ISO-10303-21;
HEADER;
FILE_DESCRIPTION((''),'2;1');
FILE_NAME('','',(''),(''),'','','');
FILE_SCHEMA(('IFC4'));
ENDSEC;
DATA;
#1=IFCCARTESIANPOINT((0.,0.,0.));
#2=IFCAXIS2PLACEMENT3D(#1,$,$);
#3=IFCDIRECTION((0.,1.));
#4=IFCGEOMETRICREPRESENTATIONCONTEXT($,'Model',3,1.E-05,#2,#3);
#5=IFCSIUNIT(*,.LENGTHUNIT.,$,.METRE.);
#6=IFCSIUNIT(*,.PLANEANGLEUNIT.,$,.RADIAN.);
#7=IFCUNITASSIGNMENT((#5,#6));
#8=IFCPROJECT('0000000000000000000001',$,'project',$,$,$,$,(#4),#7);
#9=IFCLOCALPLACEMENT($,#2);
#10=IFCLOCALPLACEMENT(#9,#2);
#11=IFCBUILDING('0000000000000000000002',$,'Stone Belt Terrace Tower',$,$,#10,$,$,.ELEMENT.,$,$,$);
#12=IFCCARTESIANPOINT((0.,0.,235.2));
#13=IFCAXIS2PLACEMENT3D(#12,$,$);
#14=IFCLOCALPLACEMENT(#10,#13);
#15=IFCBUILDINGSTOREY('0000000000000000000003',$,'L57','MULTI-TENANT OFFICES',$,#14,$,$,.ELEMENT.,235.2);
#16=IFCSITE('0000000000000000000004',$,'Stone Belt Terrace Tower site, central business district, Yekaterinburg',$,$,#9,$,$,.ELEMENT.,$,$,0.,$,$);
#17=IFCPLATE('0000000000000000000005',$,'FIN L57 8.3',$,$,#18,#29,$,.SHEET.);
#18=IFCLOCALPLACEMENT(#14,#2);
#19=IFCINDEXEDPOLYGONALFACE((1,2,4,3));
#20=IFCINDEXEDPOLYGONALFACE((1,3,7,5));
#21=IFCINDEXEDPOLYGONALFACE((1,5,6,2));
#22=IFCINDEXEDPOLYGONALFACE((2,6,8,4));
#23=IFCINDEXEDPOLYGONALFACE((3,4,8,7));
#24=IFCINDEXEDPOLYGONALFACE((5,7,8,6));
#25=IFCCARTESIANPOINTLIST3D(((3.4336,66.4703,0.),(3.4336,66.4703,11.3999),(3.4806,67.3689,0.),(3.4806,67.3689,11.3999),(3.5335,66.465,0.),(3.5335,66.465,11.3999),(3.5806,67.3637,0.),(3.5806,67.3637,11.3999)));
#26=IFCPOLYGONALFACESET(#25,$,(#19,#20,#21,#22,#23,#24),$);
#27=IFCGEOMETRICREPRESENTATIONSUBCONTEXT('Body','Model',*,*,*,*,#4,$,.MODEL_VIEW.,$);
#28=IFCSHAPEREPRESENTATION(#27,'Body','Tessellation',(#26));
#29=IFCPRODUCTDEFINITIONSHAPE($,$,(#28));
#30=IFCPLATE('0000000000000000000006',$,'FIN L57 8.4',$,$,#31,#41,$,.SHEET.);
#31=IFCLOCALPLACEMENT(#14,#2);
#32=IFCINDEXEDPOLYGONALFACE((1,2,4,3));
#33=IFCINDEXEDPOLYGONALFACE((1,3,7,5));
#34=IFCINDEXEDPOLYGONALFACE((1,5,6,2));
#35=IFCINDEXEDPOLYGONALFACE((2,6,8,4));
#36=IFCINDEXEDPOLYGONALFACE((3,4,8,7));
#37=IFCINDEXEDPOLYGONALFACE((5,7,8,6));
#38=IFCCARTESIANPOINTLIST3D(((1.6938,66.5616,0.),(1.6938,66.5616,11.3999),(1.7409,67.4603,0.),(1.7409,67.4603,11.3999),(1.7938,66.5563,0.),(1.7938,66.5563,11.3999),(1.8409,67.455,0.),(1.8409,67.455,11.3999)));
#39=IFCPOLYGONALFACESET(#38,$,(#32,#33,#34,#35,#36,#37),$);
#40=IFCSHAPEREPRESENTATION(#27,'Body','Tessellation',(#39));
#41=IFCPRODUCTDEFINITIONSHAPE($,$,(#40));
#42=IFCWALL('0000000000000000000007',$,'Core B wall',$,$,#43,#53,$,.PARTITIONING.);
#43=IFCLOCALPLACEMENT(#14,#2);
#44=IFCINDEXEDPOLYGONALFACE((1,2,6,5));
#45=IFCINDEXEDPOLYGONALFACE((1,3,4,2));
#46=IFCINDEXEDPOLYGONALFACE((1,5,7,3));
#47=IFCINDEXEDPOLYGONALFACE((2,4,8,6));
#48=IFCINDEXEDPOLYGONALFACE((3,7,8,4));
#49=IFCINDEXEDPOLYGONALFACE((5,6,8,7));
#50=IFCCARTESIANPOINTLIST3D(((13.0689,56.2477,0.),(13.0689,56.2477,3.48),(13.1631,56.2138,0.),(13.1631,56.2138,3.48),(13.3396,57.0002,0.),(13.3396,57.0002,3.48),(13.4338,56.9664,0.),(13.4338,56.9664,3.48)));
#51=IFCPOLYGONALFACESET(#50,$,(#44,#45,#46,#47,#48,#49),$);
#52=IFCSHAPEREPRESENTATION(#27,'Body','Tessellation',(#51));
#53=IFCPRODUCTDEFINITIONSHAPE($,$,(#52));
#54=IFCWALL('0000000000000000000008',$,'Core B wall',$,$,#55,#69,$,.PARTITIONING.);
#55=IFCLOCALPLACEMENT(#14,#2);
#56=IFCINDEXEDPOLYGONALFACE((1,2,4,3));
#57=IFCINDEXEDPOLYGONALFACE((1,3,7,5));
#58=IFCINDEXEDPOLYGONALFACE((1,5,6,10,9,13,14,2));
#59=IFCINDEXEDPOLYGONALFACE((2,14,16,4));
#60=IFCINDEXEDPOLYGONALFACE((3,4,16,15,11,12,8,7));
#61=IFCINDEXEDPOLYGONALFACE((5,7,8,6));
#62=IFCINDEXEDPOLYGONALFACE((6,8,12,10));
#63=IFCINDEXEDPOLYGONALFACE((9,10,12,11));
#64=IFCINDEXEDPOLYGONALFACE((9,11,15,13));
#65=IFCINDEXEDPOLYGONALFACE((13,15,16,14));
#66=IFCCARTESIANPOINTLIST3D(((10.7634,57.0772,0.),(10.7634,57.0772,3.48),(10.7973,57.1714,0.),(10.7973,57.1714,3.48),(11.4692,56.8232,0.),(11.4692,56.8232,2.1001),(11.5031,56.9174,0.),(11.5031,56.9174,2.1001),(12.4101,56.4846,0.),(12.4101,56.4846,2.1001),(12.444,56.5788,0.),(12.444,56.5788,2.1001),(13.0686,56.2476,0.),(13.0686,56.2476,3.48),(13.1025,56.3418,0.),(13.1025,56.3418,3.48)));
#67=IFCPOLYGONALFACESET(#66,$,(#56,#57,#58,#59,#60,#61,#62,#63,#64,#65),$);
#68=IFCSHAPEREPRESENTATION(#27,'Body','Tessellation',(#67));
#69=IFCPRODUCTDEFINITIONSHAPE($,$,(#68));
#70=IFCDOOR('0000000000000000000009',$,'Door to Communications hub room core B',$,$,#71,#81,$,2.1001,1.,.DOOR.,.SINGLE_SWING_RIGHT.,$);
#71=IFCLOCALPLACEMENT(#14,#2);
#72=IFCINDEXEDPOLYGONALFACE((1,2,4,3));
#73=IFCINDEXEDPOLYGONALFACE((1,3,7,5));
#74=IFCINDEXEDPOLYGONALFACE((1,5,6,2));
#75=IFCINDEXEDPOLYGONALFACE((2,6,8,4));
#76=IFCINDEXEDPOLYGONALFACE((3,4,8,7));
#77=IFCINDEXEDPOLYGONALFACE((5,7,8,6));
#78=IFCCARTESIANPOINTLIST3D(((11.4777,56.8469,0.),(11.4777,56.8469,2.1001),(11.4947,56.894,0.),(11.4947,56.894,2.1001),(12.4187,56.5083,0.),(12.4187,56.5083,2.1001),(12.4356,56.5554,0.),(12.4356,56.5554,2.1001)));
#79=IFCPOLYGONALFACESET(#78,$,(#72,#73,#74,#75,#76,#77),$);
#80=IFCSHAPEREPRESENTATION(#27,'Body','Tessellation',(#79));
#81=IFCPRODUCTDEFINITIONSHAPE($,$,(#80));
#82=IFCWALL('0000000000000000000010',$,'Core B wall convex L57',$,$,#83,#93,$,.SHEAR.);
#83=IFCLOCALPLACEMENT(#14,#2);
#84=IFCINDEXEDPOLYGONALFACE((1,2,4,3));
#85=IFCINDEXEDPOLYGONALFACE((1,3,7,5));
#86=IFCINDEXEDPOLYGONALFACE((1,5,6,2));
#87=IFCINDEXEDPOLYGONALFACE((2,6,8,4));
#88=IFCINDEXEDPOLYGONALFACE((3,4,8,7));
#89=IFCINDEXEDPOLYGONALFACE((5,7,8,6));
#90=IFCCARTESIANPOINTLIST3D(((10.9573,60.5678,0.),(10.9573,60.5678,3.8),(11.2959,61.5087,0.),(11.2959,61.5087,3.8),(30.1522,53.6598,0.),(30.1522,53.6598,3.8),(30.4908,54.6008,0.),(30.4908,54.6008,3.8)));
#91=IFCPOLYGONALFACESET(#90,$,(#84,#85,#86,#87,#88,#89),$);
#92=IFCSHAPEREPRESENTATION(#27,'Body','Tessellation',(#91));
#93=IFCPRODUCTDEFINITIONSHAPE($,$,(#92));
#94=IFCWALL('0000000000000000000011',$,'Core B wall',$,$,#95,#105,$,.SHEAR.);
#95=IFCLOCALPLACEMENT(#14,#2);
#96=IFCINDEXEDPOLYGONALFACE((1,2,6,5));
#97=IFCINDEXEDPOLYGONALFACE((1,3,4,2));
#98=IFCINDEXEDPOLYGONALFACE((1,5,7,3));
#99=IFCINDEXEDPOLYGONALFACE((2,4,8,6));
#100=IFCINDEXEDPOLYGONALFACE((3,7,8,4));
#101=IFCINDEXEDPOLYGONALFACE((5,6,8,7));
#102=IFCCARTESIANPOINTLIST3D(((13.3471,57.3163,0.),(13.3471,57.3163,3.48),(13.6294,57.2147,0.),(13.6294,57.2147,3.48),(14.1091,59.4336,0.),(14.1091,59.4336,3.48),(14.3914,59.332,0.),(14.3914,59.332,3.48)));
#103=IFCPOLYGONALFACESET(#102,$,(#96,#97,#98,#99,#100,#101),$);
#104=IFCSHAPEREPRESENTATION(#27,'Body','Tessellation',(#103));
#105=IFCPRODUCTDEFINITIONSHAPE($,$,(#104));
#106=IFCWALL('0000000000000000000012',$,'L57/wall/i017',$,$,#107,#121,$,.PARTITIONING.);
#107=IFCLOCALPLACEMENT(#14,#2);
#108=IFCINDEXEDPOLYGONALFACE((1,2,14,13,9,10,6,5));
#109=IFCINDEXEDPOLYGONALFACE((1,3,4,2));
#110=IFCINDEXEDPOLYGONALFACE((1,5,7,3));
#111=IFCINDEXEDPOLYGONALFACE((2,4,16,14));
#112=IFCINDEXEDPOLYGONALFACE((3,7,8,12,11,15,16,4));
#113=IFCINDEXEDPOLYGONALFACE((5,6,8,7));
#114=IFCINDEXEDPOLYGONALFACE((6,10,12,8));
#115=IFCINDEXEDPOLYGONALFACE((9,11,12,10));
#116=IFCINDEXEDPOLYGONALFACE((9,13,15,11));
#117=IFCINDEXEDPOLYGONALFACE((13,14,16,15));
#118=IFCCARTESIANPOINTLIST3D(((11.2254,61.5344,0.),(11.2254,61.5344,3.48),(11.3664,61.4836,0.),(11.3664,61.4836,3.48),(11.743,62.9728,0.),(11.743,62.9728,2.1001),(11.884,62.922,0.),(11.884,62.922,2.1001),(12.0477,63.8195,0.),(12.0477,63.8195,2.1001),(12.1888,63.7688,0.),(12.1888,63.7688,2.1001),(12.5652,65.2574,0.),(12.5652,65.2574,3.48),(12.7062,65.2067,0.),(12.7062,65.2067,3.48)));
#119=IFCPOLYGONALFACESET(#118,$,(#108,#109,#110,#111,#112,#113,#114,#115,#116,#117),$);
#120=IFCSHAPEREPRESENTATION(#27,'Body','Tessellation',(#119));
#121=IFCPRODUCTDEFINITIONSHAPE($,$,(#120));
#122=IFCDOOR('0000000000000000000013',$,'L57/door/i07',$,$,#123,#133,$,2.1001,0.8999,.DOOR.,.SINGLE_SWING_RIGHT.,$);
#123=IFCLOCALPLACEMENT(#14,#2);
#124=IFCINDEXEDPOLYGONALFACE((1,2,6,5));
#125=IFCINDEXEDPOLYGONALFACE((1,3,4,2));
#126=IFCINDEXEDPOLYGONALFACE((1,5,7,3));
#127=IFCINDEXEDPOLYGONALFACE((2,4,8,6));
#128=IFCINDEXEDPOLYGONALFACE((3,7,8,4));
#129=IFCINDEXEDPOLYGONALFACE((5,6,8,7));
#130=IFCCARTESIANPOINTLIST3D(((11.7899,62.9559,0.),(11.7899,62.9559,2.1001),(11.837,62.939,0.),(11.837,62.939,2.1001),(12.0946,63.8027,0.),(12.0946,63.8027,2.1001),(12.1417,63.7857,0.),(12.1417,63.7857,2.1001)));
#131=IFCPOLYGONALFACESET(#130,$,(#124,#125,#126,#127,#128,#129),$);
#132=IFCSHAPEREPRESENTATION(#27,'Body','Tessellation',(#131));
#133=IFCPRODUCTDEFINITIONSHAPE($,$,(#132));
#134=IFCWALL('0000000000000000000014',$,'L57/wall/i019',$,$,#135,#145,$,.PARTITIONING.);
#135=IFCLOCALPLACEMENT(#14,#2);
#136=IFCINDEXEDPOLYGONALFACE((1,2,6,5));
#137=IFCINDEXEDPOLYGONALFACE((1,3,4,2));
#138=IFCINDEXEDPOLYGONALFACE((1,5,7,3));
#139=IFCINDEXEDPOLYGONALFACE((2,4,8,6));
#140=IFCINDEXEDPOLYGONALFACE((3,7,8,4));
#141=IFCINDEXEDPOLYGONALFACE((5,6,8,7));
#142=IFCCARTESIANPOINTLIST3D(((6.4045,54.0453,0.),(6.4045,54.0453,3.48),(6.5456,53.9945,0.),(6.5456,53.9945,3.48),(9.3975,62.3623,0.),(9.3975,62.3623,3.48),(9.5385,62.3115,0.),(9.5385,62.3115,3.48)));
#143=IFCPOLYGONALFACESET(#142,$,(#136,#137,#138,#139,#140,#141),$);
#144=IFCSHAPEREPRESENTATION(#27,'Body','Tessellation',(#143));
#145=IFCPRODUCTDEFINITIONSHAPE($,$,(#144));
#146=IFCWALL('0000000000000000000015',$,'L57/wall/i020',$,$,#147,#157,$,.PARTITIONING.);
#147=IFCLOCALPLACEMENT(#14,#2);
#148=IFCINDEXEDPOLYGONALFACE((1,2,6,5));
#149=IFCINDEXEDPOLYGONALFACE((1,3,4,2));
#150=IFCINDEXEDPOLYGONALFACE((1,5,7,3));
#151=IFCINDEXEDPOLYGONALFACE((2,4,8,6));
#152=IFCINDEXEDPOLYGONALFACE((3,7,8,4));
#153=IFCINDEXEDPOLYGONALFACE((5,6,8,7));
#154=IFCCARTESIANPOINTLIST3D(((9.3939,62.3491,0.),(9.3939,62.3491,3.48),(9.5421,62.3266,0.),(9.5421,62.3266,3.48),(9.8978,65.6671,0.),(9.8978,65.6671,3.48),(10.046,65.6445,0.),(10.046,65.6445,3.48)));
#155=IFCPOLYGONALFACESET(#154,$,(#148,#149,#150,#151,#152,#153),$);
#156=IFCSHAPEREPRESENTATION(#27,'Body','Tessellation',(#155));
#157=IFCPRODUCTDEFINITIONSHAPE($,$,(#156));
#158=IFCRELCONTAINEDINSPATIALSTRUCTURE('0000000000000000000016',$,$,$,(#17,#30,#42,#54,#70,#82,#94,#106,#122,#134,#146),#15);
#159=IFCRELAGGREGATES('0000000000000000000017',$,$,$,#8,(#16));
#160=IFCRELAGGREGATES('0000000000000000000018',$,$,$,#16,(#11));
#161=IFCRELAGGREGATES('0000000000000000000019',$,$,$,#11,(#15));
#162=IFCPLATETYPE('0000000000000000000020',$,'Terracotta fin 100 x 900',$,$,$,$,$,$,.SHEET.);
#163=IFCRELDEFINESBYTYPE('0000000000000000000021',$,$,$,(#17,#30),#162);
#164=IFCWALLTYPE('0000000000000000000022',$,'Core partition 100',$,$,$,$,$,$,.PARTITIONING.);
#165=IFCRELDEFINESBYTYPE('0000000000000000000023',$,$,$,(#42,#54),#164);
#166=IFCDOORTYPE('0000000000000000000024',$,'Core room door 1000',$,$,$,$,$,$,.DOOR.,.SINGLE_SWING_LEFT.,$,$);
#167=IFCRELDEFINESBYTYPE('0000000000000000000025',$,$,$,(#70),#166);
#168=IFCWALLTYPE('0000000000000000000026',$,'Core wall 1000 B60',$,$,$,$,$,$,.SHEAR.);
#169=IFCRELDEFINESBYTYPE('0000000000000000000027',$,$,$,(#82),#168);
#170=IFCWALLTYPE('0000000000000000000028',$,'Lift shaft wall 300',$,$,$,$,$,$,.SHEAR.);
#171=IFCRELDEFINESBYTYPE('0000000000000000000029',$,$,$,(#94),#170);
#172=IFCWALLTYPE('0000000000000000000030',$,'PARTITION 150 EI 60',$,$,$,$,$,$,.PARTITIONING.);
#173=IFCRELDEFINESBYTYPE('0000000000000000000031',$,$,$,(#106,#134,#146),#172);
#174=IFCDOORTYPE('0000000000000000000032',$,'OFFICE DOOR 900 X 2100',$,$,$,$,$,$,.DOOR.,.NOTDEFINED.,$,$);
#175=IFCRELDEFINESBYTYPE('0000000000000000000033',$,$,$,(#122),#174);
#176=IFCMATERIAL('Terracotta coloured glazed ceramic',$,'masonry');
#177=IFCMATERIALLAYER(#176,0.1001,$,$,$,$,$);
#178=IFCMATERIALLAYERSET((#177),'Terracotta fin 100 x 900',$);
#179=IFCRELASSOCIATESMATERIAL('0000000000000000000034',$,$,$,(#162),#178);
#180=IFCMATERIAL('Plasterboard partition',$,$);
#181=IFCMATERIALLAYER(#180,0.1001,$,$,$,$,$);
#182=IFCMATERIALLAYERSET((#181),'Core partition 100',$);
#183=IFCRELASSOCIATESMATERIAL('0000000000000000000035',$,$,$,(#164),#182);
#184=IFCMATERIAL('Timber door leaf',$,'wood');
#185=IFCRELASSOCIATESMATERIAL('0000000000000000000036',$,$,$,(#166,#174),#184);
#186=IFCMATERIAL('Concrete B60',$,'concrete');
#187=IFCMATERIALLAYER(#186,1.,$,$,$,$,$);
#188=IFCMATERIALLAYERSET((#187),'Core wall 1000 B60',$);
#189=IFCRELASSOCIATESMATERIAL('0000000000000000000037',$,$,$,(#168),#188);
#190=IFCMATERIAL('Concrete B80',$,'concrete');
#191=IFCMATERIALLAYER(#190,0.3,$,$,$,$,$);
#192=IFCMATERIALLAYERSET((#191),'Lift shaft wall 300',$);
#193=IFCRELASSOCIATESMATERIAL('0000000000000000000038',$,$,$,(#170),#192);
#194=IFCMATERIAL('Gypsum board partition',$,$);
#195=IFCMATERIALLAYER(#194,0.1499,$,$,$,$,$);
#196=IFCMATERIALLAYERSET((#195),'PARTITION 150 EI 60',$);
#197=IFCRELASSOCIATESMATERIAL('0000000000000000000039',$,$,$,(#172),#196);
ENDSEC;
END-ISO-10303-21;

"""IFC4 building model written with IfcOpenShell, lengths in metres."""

from ifc_helpers import new_model, si_unit, direction, frame, frame_2d, origin, origin_2d, place, context, subcontext, project, spatial, rectangle, extrude, material, layer, layer_set, type_object, element, fill, save


model = new_model("IFC4")

# Units and contexts
model_context = context("Model", 3, precision=1e-05, world=origin(), true_north=direction((0.0, 1.0)))
body_context = subcontext(model_context, "Body", "Model", "MODEL_VIEW")
ifc_project = project(units=[si_unit("LENGTHUNIT", "METRE"), si_unit("PLANEANGLEUNIT", "RADIAN")], contexts=[model_context])

# Site, building, storey
site_placement = place(None, origin())
site = spatial("IfcSite", under=ifc_project, at=site_placement, Name="Stone Belt Terrace Tower site, central business district, Yekaterinburg", CompositionType="ELEMENT", RefElevation=0.0)
building_placement = place(site_placement, origin())
building = spatial("IfcBuilding", under=site, at=building_placement, Name="Stone Belt Terrace Tower", CompositionType="ELEMENT")
storey_placement = place(building_placement, frame((0.0, 0.0, 235.2)))
storey = spatial("IfcBuildingStorey", under=building, at=storey_placement, Name="L57", Description="MULTI-TENANT OFFICES", CompositionType="ELEMENT", Elevation=235.2)

# Shared definitions
ifc_material_1 = material(Name="Concrete B60", Category="concrete")

# Plates
ifc_material_2 = material(Name="Terracotta coloured glazed ceramic", Category="masonry")
ifc_layer_1 = layer(ifc_material_2, 0.1001)
ifc_layer_set_1 = layer_set([ifc_layer_1], Name="Terracotta fin 100 x 900")
plate_type_1 = type_object("IfcPlateType", Name="Terracotta fin 100 x 900", PredefinedType="SHEET", material=ifc_layer_set_1)
for number, where, z_axis, x_axis, name in (
    (1, (3.5071, 66.917, 0.0), (0.0, 0.0, 1.0), (0.052336, 0.99863, 0.0), "FIN L57 8.3"),
    (2, (1.7673, 67.0083, 0.0), (0.0, 0.0, 1.0), (0.052336, 0.99863, 0.0), "FIN L57 8.4"),
):
    element("IfcPlate", number, at=place(storey_placement, frame(where, z_axis=z_axis, x_axis=x_axis)), inside=storey, type_object=plate_type_1, Name=name, PredefinedType="SHEET", context=body_context, shape_type="SweptSolid", body=[
        extrude(rectangle(XDim=0.8999, YDim=0.1001, at=origin_2d()), origin(), (0.0, 0.0, 1.0), 11.3999),
    ])

# Wall
ifc_material_3 = material(Name="Plasterboard partition")
ifc_layer_2 = layer(ifc_material_3, 0.1001)
ifc_layer_set_2 = layer_set([ifc_layer_2], Name="Core partition 100")
wall_type_1 = type_object("IfcWallType", Name="Core partition 100", PredefinedType="PARTITIONING", material=ifc_layer_set_2)
wall_1_placement = place(storey_placement, frame((13.116, 56.2307, 0.0), z_axis=(0.0, 0.0, 1.0), x_axis=(0.338482, 0.940973, 0.0)))
element("IfcWall", 3, at=wall_1_placement, inside=storey, type_object=wall_type_1, Name="Core B wall", PredefinedType="PARTITIONING", context=body_context, shape_type="SweptSolid", body=[
    extrude(rectangle(XDim=0.7998, YDim=0.1001, at=frame_2d((0.3999, 0.0))), origin(), (0.0, 0.0, 1.0), 3.48),
])

# Wall, opening, door
wall_2_placement = place(storey_placement, frame((13.0857, 56.2947, 0.0), z_axis=(0.0, 0.0, 1.0), x_axis=(-0.940923, 0.338621, 0.0)))
wall_2 = element("IfcWall", 4, at=wall_2_placement, inside=storey, type_object=wall_type_1, Name="Core B wall", PredefinedType="PARTITIONING", context=body_context, shape_type="SweptSolid", body=[
    extrude(rectangle(XDim=2.45, YDim=0.1001, at=frame_2d((1.2251, 0.0))), origin(), (0.0, 0.0, 1.0), 3.48),
])
opening_1_placement = place(wall_2_placement, frame((0.7, 0.0, 0.0)))
opening_1 = element("IfcOpeningElement", 5, at=opening_1_placement, cuts=wall_2, PredefinedType="OPENING", context=body_context, shape_type="SweptSolid", body=[
    extrude(rectangle(XDim=1.0, YDim=2.1001, at=frame_2d((0.5, 1.05))), frame((0.0, 0.0601, 0.0), z_axis=(0.0, -1.0, 0.0), x_axis=(1.0, 0.0, 0.0)), (0.0, 0.0, 1.0), 0.1201),
])
ifc_material_4 = material(Name="Timber door leaf", Category="wood")
door_type_1 = type_object("IfcDoorType", Name="Core room door 1000", OperationType="SINGLE_SWING_LEFT", PredefinedType="DOOR", material=ifc_material_4)
door_1_placement = place(opening_1_placement, origin())
door_1 = element("IfcDoor", 6, at=door_1_placement, inside=storey, type_object=door_type_1, Name="Door to Communications hub room core B", OperationType="SINGLE_SWING_RIGHT", OverallHeight=2.1001, OverallWidth=1.0, PredefinedType="DOOR", context=body_context, shape_type="SweptSolid", body=[
    extrude(rectangle(XDim=1.0, YDim=2.1001, at=frame_2d((0.5, 1.05))), frame((0.0, 0.0249, 0.0), z_axis=(0.0, -1.0, 0.0), x_axis=(1.0, 0.0, 0.0)), (0.0, 0.0, 1.0), 0.05),
])
fill(opening_1, door_1)

# Walls
ifc_layer_3 = layer(ifc_material_1, 1.0)
ifc_layer_set_3 = layer_set([ifc_layer_3], Name="Core wall 1000 B60")
wall_type_2 = type_object("IfcWallType", Name="Core wall 1000 B60", PredefinedType="SHEAR", material=ifc_layer_set_3)
wall_3_placement = place(storey_placement, frame((11.1265, 61.0383, 0.0), z_axis=(0.0, 0.0, 1.0), x_axis=(0.940921, -0.338625, 0.0)))
element("IfcWall", 7, at=wall_3_placement, inside=storey, type_object=wall_type_2, Name="Core B wall convex L57", PredefinedType="SHEAR", context=body_context, shape_type="SweptSolid", body=[
    extrude(rectangle(XDim=20.4001, YDim=1.0, at=frame_2d((10.2002, 0.0))), origin(), (0.0, 0.0, 1.0), 3.8),
])
ifc_material_5 = material(Name="Concrete B80", Category="concrete")
ifc_layer_4 = layer(ifc_material_5, 0.3)
ifc_layer_set_4 = layer_set([ifc_layer_4], Name="Lift shaft wall 300")
wall_type_3 = type_object("IfcWallType", Name="Lift shaft wall 300", PredefinedType="SHEAR", material=ifc_layer_set_4)
wall_4_placement = place(storey_placement, frame((13.4883, 57.2656, 0.0), z_axis=(0.0, 0.0, 1.0), x_axis=(0.338631, 0.940919, 0.0)))
element("IfcWall", 8, at=wall_4_placement, inside=storey, type_object=wall_type_3, Name="Core B wall", PredefinedType="SHEAR", context=body_context, shape_type="SweptSolid", body=[
    extrude(rectangle(XDim=2.2502, YDim=0.3, at=frame_2d((1.125, 0.0))), origin(), (0.0, 0.0, 1.0), 3.48),
])

# Wall, opening, door
ifc_material_6 = material(Name="Gypsum board partition")
ifc_layer_5 = layer(ifc_material_6, 0.1499)
ifc_layer_set_5 = layer_set([ifc_layer_5], Name="PARTITION 150 EI 60")
wall_type_4 = type_object("IfcWallType", Name="PARTITION 150 EI 60", PredefinedType="PARTITIONING", material=ifc_layer_set_5)
wall_5_placement = place(storey_placement, frame((12.6357, 65.2322, 0.0), z_axis=(0.0, 0.0, 1.0), x_axis=(-0.33861, -0.940927, 0.0)))
wall_5 = element("IfcWall", 9, at=wall_5_placement, inside=storey, type_object=wall_type_4, Name="L57/wall/i017", PredefinedType="PARTITIONING", context=body_context, shape_type="SweptSolid", body=[
    extrude(rectangle(XDim=3.9568, YDim=0.1499, at=frame_2d((1.9785, 0.0))), origin(), (0.0, 0.0, 1.0), 3.48),
])
opening_2_placement = place(wall_5_placement, frame((1.5283, 0.0, 0.0)))
opening_2 = element("IfcOpeningElement", 10, at=opening_2_placement, cuts=wall_5, PredefinedType="OPENING", context=body_context, shape_type="SweptSolid", body=[
    extrude(rectangle(XDim=0.8999, YDim=2.1001, at=frame_2d((0.45, 1.05))), frame((0.0, 0.085, 0.0), z_axis=(0.0, -1.0, 0.0), x_axis=(1.0, 0.0, 0.0)), (0.0, 0.0, 1.0), 0.1699),
])
door_type_2 = type_object("IfcDoorType", Name="OFFICE DOOR 900 X 2100", OperationType="NOTDEFINED", PredefinedType="DOOR", material=ifc_material_4)
door_2_placement = place(opening_2_placement, origin())
door_2 = element("IfcDoor", 11, at=door_2_placement, inside=storey, type_object=door_type_2, Name="L57/door/i07", OperationType="SINGLE_SWING_RIGHT", OverallHeight=2.1001, OverallWidth=0.8999, PredefinedType="DOOR", context=body_context, shape_type="SweptSolid", body=[
    extrude(rectangle(XDim=0.8999, YDim=2.1001, at=frame_2d((0.45, 1.05))), frame((0.0, 0.0249, 0.0), z_axis=(0.0, -1.0, 0.0), x_axis=(1.0, 0.0, 0.0)), (0.0, 0.0, 1.0), 0.05),
])
fill(opening_2, door_2)

# Walls
wall_6_placement = place(storey_placement, frame((6.4751, 54.02, 0.0), z_axis=(0.0, 0.0, 1.0), x_axis=(0.338603, 0.940929, 0.0)))
element("IfcWall", 12, at=wall_6_placement, inside=storey, type_object=wall_type_4, Name="L57/wall/i019", PredefinedType="PARTITIONING", context=body_context, shape_type="SweptSolid", body=[
    extrude(rectangle(XDim=8.8391, YDim=0.1499, at=frame_2d((4.4194, 0.0))), origin(), (0.0, 0.0, 1.0), 3.48),
])
wall_7_placement = place(storey_placement, frame((9.468, 62.3379, 0.0), z_axis=(0.0, 0.0, 1.0), x_axis=(0.150154, 0.988663, 0.0)))
element("IfcWall", 13, at=wall_7_placement, inside=storey, type_object=wall_type_4, Name="L57/wall/i020", PredefinedType="PARTITIONING", context=body_context, shape_type="SweptSolid", body=[
    extrude(rectangle(XDim=3.356, YDim=0.1499, at=frame_2d((1.678, 0.0))), origin(), (0.0, 0.0, 1.0), 3.48),
])

save(model, "model.ifc")
